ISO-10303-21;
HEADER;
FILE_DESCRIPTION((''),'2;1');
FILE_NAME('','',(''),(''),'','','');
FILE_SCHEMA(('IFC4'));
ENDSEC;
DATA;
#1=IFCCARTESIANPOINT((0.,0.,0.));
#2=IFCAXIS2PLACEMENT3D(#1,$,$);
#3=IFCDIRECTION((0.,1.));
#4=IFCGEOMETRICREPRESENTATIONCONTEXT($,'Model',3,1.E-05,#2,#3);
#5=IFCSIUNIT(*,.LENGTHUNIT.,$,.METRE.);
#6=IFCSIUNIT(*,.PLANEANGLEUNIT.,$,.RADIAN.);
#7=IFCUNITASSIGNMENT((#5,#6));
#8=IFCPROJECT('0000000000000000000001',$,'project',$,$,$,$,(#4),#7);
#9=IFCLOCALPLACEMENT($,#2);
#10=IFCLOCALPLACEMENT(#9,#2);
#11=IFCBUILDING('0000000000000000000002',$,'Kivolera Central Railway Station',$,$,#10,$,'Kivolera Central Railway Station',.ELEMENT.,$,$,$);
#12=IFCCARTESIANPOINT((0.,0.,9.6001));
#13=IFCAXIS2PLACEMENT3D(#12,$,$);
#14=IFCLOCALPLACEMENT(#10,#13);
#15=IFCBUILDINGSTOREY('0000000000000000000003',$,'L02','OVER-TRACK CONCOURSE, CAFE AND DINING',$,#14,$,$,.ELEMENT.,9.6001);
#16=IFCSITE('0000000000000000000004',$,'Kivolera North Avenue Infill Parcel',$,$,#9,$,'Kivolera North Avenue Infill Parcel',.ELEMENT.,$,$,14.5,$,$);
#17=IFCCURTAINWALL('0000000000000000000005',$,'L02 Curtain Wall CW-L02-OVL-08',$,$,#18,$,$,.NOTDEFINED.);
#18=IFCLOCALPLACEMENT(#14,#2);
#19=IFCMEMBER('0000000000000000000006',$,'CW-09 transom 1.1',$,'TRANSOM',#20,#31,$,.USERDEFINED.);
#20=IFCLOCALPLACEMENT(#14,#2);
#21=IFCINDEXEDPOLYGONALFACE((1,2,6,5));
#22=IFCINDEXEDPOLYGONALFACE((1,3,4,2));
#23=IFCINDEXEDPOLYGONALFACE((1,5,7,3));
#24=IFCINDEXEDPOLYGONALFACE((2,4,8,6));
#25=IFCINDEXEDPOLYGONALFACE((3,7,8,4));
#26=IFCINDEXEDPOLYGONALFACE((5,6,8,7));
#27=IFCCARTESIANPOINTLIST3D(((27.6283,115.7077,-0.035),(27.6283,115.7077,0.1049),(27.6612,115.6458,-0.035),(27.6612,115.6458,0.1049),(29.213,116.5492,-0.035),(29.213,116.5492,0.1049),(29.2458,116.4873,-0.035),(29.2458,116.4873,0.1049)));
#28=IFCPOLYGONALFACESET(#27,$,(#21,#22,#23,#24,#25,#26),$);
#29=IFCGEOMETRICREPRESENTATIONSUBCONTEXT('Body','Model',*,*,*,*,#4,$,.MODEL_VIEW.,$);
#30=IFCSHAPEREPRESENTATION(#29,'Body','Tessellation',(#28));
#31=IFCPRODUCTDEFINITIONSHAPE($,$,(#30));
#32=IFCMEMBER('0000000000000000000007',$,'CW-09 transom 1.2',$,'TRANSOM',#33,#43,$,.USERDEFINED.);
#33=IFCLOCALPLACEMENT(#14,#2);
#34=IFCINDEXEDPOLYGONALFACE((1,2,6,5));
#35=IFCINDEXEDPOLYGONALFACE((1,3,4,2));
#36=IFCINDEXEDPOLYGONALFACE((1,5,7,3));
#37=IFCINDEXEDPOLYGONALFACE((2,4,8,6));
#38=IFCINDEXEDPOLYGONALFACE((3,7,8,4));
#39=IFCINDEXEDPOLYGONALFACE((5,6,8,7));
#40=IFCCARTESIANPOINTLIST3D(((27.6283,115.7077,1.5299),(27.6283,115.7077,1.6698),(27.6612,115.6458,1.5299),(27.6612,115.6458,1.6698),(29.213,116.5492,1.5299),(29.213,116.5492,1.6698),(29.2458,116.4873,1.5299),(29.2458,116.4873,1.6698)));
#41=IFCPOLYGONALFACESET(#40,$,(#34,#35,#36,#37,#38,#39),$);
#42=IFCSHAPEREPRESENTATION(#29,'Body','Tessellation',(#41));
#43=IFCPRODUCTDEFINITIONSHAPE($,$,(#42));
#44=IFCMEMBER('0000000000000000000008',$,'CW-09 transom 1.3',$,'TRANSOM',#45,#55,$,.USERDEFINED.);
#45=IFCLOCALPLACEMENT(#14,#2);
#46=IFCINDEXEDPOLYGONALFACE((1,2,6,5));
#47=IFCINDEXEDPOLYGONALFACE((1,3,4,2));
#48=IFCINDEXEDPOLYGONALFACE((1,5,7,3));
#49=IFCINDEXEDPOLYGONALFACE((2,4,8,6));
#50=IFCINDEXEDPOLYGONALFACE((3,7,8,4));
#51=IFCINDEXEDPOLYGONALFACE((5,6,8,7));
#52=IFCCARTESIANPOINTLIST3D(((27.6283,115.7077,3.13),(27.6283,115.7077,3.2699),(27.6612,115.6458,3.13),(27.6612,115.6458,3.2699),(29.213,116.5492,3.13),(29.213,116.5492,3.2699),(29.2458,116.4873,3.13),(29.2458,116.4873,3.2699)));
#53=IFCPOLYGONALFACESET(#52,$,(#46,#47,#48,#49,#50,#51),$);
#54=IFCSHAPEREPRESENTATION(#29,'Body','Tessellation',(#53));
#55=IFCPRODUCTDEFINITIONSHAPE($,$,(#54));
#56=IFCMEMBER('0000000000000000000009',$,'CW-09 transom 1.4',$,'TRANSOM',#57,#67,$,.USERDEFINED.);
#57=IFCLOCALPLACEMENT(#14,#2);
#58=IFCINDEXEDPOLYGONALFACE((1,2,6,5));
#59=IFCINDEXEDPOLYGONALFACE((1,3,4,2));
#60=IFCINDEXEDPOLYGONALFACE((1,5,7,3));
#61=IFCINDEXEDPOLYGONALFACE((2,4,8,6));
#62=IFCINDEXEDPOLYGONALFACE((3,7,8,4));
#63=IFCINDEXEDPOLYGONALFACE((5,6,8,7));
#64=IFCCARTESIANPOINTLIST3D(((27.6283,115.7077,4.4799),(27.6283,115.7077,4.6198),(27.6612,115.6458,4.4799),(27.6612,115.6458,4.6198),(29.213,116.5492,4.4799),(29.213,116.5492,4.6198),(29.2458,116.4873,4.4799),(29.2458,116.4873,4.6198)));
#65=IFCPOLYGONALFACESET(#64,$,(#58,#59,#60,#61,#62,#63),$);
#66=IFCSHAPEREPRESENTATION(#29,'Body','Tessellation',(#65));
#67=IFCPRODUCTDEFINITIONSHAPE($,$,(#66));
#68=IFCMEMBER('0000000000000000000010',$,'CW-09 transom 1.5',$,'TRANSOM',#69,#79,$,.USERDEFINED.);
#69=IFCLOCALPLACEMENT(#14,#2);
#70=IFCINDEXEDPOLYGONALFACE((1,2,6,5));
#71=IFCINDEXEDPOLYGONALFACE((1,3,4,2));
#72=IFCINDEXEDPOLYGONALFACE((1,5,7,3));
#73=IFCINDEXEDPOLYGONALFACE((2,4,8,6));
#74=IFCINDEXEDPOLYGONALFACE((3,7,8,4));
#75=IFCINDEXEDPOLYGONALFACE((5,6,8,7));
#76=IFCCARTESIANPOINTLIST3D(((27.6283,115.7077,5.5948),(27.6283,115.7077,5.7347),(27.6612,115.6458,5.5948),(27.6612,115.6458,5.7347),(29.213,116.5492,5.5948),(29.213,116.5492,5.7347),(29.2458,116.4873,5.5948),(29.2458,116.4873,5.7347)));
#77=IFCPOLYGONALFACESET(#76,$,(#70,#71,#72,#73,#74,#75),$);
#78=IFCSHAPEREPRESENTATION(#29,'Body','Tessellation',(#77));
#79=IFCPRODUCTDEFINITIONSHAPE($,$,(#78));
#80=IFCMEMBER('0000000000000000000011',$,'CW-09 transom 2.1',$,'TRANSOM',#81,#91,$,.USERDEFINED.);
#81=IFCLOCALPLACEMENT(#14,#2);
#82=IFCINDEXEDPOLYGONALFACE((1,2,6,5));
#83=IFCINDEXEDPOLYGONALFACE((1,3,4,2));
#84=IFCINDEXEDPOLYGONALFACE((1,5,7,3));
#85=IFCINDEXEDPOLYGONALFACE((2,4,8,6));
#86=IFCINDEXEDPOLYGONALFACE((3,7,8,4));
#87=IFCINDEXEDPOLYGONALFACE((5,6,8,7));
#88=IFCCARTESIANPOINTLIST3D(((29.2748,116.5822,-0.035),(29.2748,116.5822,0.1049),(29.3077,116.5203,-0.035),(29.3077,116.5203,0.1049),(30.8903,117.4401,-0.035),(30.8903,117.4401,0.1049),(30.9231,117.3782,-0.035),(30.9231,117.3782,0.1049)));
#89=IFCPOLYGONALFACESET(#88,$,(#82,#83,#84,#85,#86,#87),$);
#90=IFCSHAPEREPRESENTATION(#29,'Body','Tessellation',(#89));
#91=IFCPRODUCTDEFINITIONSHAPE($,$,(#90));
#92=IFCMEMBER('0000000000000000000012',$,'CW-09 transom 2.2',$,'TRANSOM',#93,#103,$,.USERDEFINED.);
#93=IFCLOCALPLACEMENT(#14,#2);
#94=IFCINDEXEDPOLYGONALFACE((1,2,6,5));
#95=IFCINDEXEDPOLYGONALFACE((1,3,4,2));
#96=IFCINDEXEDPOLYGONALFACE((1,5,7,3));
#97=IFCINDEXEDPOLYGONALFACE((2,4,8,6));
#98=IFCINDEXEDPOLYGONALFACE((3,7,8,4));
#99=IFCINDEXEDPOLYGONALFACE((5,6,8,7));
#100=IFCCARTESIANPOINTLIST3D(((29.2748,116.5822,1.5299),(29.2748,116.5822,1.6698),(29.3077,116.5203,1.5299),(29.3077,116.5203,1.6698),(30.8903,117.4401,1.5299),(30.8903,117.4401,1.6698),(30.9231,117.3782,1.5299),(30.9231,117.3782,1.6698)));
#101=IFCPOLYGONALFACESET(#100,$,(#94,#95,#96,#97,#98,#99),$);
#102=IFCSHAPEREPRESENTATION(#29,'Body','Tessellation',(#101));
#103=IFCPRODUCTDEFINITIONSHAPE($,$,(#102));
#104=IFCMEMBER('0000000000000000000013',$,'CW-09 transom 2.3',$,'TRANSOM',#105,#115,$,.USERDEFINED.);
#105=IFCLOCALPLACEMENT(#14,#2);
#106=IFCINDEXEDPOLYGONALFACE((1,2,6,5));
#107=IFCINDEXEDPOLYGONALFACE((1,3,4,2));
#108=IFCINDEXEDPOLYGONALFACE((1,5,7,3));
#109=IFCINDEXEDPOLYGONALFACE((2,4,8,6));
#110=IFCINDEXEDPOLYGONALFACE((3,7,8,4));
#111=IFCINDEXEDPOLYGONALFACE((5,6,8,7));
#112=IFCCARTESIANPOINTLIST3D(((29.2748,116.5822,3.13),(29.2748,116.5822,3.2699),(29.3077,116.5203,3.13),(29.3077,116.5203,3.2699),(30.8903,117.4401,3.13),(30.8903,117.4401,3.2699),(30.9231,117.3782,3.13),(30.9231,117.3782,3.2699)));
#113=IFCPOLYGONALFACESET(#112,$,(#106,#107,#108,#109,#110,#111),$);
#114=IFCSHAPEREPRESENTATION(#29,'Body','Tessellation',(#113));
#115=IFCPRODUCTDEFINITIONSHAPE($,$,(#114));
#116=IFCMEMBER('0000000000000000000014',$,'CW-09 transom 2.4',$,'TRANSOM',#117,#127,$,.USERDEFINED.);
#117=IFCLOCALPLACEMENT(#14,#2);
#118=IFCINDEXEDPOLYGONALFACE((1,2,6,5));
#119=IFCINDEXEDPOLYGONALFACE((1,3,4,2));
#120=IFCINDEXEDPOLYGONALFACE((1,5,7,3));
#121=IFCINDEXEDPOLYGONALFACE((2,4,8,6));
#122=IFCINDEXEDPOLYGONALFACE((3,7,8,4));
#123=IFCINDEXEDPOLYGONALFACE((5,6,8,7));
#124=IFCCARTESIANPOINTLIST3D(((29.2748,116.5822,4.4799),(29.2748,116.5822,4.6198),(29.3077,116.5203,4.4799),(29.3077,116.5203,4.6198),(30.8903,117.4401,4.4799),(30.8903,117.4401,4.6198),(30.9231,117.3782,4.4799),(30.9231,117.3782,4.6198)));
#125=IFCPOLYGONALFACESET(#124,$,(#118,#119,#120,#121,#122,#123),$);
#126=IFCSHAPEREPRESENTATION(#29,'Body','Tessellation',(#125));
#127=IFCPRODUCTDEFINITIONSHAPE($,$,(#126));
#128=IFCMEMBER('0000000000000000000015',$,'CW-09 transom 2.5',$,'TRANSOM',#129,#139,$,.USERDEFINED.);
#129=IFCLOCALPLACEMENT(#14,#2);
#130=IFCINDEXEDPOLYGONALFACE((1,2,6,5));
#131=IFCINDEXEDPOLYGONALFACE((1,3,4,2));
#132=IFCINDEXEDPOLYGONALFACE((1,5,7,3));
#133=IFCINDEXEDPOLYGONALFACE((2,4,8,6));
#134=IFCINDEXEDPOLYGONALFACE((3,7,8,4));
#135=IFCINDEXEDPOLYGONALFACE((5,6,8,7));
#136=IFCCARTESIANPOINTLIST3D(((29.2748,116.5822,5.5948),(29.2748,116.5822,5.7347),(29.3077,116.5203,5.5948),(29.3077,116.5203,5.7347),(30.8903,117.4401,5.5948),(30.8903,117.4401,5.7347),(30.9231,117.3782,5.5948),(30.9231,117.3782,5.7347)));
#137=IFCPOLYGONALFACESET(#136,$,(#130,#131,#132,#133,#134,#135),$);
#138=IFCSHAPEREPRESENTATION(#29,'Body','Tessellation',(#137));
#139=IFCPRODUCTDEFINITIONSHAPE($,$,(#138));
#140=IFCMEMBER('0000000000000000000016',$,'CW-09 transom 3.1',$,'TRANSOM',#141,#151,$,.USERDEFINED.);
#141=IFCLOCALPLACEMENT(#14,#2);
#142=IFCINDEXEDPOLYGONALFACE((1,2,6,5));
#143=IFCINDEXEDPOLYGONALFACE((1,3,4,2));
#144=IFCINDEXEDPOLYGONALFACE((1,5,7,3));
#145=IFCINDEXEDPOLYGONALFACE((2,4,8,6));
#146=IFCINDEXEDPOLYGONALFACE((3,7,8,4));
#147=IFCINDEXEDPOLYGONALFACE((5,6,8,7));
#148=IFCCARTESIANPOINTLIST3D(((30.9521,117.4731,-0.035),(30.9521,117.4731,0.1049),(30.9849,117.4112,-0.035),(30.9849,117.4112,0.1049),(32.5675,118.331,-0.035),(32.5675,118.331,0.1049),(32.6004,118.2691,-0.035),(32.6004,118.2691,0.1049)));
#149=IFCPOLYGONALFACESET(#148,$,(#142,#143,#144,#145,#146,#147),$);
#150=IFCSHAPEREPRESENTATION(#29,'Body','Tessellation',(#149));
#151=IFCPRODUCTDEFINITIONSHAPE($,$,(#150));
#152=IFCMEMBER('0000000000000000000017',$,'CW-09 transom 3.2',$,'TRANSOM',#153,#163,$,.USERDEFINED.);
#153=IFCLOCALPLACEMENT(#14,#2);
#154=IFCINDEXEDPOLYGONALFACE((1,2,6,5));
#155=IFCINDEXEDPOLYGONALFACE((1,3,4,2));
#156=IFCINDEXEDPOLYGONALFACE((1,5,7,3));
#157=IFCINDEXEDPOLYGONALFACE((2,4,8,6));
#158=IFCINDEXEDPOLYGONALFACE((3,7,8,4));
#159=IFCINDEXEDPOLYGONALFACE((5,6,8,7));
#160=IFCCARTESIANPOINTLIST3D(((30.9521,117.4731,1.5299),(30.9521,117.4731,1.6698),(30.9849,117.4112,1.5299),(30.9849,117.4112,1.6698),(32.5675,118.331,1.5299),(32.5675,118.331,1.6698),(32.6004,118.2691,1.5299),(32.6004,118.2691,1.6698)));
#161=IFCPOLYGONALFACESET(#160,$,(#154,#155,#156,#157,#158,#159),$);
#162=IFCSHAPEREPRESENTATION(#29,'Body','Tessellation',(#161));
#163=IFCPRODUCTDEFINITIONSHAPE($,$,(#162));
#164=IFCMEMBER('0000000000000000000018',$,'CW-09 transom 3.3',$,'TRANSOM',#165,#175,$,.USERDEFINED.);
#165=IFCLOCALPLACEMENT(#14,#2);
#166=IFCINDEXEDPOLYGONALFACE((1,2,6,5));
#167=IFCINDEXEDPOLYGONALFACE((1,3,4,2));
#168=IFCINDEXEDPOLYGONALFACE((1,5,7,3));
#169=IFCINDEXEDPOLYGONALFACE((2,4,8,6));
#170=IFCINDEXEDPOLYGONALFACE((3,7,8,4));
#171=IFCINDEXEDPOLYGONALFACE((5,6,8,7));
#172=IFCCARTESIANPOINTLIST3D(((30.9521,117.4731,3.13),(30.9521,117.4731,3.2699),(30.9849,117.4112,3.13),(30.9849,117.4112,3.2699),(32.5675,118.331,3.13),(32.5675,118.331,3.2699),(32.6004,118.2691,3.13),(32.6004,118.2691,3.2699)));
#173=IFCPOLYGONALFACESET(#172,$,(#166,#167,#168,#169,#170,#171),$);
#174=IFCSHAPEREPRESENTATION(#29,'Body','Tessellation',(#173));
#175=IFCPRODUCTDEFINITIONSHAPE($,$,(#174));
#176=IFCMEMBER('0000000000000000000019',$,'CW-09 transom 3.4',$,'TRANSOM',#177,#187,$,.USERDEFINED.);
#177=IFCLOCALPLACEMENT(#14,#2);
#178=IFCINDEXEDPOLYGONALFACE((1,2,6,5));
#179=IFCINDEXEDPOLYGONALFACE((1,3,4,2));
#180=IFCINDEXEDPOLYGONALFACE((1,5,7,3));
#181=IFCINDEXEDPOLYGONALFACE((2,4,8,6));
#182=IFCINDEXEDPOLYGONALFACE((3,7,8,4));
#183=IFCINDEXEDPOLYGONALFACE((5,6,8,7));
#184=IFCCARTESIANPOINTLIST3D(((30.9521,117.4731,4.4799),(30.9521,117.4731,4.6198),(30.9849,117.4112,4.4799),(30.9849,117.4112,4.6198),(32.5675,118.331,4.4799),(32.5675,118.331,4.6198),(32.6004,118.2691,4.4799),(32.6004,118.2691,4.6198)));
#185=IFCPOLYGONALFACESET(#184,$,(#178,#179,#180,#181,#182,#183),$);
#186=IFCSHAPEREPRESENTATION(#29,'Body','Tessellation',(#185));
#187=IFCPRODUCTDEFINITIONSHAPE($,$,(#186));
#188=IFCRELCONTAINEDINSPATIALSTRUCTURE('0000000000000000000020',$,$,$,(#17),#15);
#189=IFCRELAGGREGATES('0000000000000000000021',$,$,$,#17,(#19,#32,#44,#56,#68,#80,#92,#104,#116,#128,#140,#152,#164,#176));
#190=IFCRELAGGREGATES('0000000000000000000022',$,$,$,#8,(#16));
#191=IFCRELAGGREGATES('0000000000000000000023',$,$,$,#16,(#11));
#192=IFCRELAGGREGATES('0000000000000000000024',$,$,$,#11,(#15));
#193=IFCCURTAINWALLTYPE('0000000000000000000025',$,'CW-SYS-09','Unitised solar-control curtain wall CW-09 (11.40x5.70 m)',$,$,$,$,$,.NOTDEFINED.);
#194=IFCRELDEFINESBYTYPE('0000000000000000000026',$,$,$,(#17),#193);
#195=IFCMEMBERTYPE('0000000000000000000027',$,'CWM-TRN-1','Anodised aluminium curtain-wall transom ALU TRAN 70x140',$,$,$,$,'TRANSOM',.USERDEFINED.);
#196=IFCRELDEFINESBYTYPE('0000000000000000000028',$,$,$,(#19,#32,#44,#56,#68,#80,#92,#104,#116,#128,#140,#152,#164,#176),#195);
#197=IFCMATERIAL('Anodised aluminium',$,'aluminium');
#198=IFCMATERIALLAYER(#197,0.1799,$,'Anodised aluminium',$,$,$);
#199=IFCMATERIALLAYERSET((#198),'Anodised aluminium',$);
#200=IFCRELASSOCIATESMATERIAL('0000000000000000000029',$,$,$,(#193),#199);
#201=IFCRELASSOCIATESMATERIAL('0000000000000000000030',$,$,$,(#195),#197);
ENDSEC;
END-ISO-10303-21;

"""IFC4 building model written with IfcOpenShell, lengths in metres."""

from ifc_helpers import new_model, si_unit, direction, frame, origin, origin_2d, place, context, subcontext, project, spatial, rectangle, extrude, material, layer, layer_set, material_profile, profile_set, type_object, element, aggregate, save


model = new_model("IFC4")

# Units and contexts
model_context = context("Model", 3, precision=1e-05, world=origin(), true_north=direction((0.0, 1.0)))
body_context = subcontext(model_context, "Body", "Model", "MODEL_VIEW")
ifc_project = project(units=[si_unit("LENGTHUNIT", "METRE"), si_unit("PLANEANGLEUNIT", "RADIAN")], contexts=[model_context])

# Site, building, storey
site_placement = place(None, origin())
site = spatial("IfcSite", under=ifc_project, at=site_placement, Name="Kivolera North Avenue Infill Parcel", LongName="Kivolera North Avenue Infill Parcel", CompositionType="ELEMENT", RefElevation=14.5)
building_placement = place(site_placement, origin())
building = spatial("IfcBuilding", under=site, at=building_placement, Name="Kivolera Central Railway Station", LongName="Kivolera Central Railway Station", CompositionType="ELEMENT")
storey_placement = place(building_placement, frame((0.0, 0.0, 9.6001)))
storey = spatial("IfcBuildingStorey", under=building, at=storey_placement, Name="L02", Description="OVER-TRACK CONCOURSE, CAFE AND DINING", CompositionType="ELEMENT", Elevation=9.6001)

# Curtain wall, members
ifc_material_1 = material(Name="Anodised aluminium", Category="aluminium")
ifc_layer_1 = layer(ifc_material_1, 0.1799, Name="Anodised aluminium")
ifc_layer_set_1 = layer_set([ifc_layer_1], Name="Anodised aluminium")
curtain_wall_type = type_object("IfcCurtainWallType", Name="CW-SYS-09", Description="Unitised solar-control curtain wall CW-09 (11.40x5.70 m)", PredefinedType="NOTDEFINED", material=ifc_layer_set_1)
curtain_wall_placement = place(storey_placement, origin())
curtain_wall = element("IfcCurtainWall", 1, at=curtain_wall_placement, inside=storey, type_object=curtain_wall_type, Name="L02 Curtain Wall CW-L02-OVL-08", PredefinedType="NOTDEFINED")
ifc_material_profile_1 = material_profile(ifc_material_1, rectangle(XDim=0.0701, YDim=0.1399, at=origin_2d()), Name="ALU TRAN 70x140")
ifc_profile_set_1 = profile_set([ifc_material_profile_1], Name="Anodised aluminium")
member_type_1 = type_object("IfcMemberType", Name="CWM-TRN-1", Description="Anodised aluminium curtain-wall transom ALU TRAN 70x140", ElementType="TRANSOM", PredefinedType="USERDEFINED", material=ifc_profile_set_1)
member_1_placement = place(storey_placement, frame((27.6448, 115.6768, 0.0349), z_axis=(0.883191, 0.469013, 0.0), x_axis=(-0.469013, 0.883191, 0.0)))
member_1 = element("IfcMember", 2, at=member_1_placement, type_object=member_type_1, Name="CW-09 transom 1.1", ObjectType="TRANSOM", PredefinedType="USERDEFINED", context=body_context, shape_type="SweptSolid", body=[
    extrude(rectangle(XDim=0.0701, YDim=0.1399, at=origin_2d()), origin(), (0.0, 0.0, 1.0), 1.7942),
])
member_2_placement = place(storey_placement, frame((27.6448, 115.6768, 1.5999), z_axis=(0.883191, 0.469013, 0.0), x_axis=(-0.469013, 0.883191, 0.0)))
member_2 = element("IfcMember", 3, at=member_2_placement, type_object=member_type_1, Name="CW-09 transom 1.2", ObjectType="TRANSOM", PredefinedType="USERDEFINED", context=body_context, shape_type="SweptSolid", body=[
    extrude(rectangle(XDim=0.0701, YDim=0.1399, at=origin_2d()), origin(), (0.0, 0.0, 1.0), 1.7942),
])
member_3_placement = place(storey_placement, frame((27.6448, 115.6768, 3.2), z_axis=(0.883191, 0.469013, 0.0), x_axis=(-0.469013, 0.883191, 0.0)))
member_3 = element("IfcMember", 4, at=member_3_placement, type_object=member_type_1, Name="CW-09 transom 1.3", ObjectType="TRANSOM", PredefinedType="USERDEFINED", context=body_context, shape_type="SweptSolid", body=[
    extrude(rectangle(XDim=0.0701, YDim=0.1399, at=origin_2d()), origin(), (0.0, 0.0, 1.0), 1.7942),
])
member_4_placement = place(storey_placement, frame((27.6448, 115.6768, 4.5498), z_axis=(0.883191, 0.469013, 0.0), x_axis=(-0.469013, 0.883191, 0.0)))
member_4 = element("IfcMember", 5, at=member_4_placement, type_object=member_type_1, Name="CW-09 transom 1.4", ObjectType="TRANSOM", PredefinedType="USERDEFINED", context=body_context, shape_type="SweptSolid", body=[
    extrude(rectangle(XDim=0.0701, YDim=0.1399, at=origin_2d()), origin(), (0.0, 0.0, 1.0), 1.7942),
])
member_5_placement = place(storey_placement, frame((27.6448, 115.6768, 5.6648), z_axis=(0.883191, 0.469013, 0.0), x_axis=(-0.469013, 0.883191, 0.0)))
member_5 = element("IfcMember", 6, at=member_5_placement, type_object=member_type_1, Name="CW-09 transom 1.5", ObjectType="TRANSOM", PredefinedType="USERDEFINED", context=body_context, shape_type="SweptSolid", body=[
    extrude(rectangle(XDim=0.0701, YDim=0.1399, at=origin_2d()), origin(), (0.0, 0.0, 1.0), 1.7942),
])
member_6_placement = place(storey_placement, frame((29.2913, 116.5513, 0.0349), z_axis=(0.883187, 0.469022, 0.0), x_axis=(-0.469022, 0.883187, 0.0)))
member_6 = element("IfcMember", 7, at=member_6_placement, type_object=member_type_1, Name="CW-09 transom 2.1", ObjectType="TRANSOM", PredefinedType="USERDEFINED", context=body_context, shape_type="SweptSolid", body=[
    extrude(rectangle(XDim=0.0701, YDim=0.1399, at=origin_2d()), origin(), (0.0, 0.0, 1.0), 1.8291),
])
member_7_placement = place(storey_placement, frame((29.2913, 116.5513, 1.5999), z_axis=(0.883187, 0.469022, 0.0), x_axis=(-0.469022, 0.883187, 0.0)))
member_7 = element("IfcMember", 8, at=member_7_placement, type_object=member_type_1, Name="CW-09 transom 2.2", ObjectType="TRANSOM", PredefinedType="USERDEFINED", context=body_context, shape_type="SweptSolid", body=[
    extrude(rectangle(XDim=0.0701, YDim=0.1399, at=origin_2d()), origin(), (0.0, 0.0, 1.0), 1.8291),
])
member_8_placement = place(storey_placement, frame((29.2913, 116.5513, 3.2), z_axis=(0.883187, 0.469022, 0.0), x_axis=(-0.469022, 0.883187, 0.0)))
member_8 = element("IfcMember", 9, at=member_8_placement, type_object=member_type_1, Name="CW-09 transom 2.3", ObjectType="TRANSOM", PredefinedType="USERDEFINED", context=body_context, shape_type="SweptSolid", body=[
    extrude(rectangle(XDim=0.0701, YDim=0.1399, at=origin_2d()), origin(), (0.0, 0.0, 1.0), 1.8291),
])
member_9_placement = place(storey_placement, frame((29.2913, 116.5513, 4.5498), z_axis=(0.883187, 0.469022, 0.0), x_axis=(-0.469022, 0.883187, 0.0)))
member_9 = element("IfcMember", 10, at=member_9_placement, type_object=member_type_1, Name="CW-09 transom 2.4", ObjectType="TRANSOM", PredefinedType="USERDEFINED", context=body_context, shape_type="SweptSolid", body=[
    extrude(rectangle(XDim=0.0701, YDim=0.1399, at=origin_2d()), origin(), (0.0, 0.0, 1.0), 1.8291),
])
member_10_placement = place(storey_placement, frame((29.2913, 116.5513, 5.6648), z_axis=(0.883187, 0.469022, 0.0), x_axis=(-0.469022, 0.883187, 0.0)))
member_10 = element("IfcMember", 11, at=member_10_placement, type_object=member_type_1, Name="CW-09 transom 2.5", ObjectType="TRANSOM", PredefinedType="USERDEFINED", context=body_context, shape_type="SweptSolid", body=[
    extrude(rectangle(XDim=0.0701, YDim=0.1399, at=origin_2d()), origin(), (0.0, 0.0, 1.0), 1.8291),
])
member_11_placement = place(storey_placement, frame((30.9685, 117.4421, 0.0349), z_axis=(0.883187, 0.469022, 0.0), x_axis=(-0.469022, 0.883187, 0.0)))
member_11 = element("IfcMember", 12, at=member_11_placement, type_object=member_type_1, Name="CW-09 transom 3.1", ObjectType="TRANSOM", PredefinedType="USERDEFINED", context=body_context, shape_type="SweptSolid", body=[
    extrude(rectangle(XDim=0.0701, YDim=0.1399, at=origin_2d()), origin(), (0.0, 0.0, 1.0), 1.8291),
])
member_12_placement = place(storey_placement, frame((30.9685, 117.4421, 1.5999), z_axis=(0.883187, 0.469022, 0.0), x_axis=(-0.469022, 0.883187, 0.0)))
member_12 = element("IfcMember", 13, at=member_12_placement, type_object=member_type_1, Name="CW-09 transom 3.2", ObjectType="TRANSOM", PredefinedType="USERDEFINED", context=body_context, shape_type="SweptSolid", body=[
    extrude(rectangle(XDim=0.0701, YDim=0.1399, at=origin_2d()), origin(), (0.0, 0.0, 1.0), 1.8291),
])
member_13_placement = place(storey_placement, frame((30.9685, 117.4421, 3.2), z_axis=(0.883187, 0.469022, 0.0), x_axis=(-0.469022, 0.883187, 0.0)))
member_13 = element("IfcMember", 14, at=member_13_placement, type_object=member_type_1, Name="CW-09 transom 3.3", ObjectType="TRANSOM", PredefinedType="USERDEFINED", context=body_context, shape_type="SweptSolid", body=[
    extrude(rectangle(XDim=0.0701, YDim=0.1399, at=origin_2d()), origin(), (0.0, 0.0, 1.0), 1.8291),
])
member_14_placement = place(storey_placement, frame((30.9685, 117.4421, 4.5498), z_axis=(0.883187, 0.469022, 0.0), x_axis=(-0.469022, 0.883187, 0.0)))
member_14 = element("IfcMember", 15, at=member_14_placement, type_object=member_type_1, Name="CW-09 transom 3.4", ObjectType="TRANSOM", PredefinedType="USERDEFINED", context=body_context, shape_type="SweptSolid", body=[
    extrude(rectangle(XDim=0.0701, YDim=0.1399, at=origin_2d()), origin(), (0.0, 0.0, 1.0), 1.8291),
])
aggregate(curtain_wall, [member_1, member_2, member_3, member_4, member_5, member_6, member_7, member_8, member_9, member_10, member_11, member_12, member_13, member_14])

save(model, "model.ifc")
